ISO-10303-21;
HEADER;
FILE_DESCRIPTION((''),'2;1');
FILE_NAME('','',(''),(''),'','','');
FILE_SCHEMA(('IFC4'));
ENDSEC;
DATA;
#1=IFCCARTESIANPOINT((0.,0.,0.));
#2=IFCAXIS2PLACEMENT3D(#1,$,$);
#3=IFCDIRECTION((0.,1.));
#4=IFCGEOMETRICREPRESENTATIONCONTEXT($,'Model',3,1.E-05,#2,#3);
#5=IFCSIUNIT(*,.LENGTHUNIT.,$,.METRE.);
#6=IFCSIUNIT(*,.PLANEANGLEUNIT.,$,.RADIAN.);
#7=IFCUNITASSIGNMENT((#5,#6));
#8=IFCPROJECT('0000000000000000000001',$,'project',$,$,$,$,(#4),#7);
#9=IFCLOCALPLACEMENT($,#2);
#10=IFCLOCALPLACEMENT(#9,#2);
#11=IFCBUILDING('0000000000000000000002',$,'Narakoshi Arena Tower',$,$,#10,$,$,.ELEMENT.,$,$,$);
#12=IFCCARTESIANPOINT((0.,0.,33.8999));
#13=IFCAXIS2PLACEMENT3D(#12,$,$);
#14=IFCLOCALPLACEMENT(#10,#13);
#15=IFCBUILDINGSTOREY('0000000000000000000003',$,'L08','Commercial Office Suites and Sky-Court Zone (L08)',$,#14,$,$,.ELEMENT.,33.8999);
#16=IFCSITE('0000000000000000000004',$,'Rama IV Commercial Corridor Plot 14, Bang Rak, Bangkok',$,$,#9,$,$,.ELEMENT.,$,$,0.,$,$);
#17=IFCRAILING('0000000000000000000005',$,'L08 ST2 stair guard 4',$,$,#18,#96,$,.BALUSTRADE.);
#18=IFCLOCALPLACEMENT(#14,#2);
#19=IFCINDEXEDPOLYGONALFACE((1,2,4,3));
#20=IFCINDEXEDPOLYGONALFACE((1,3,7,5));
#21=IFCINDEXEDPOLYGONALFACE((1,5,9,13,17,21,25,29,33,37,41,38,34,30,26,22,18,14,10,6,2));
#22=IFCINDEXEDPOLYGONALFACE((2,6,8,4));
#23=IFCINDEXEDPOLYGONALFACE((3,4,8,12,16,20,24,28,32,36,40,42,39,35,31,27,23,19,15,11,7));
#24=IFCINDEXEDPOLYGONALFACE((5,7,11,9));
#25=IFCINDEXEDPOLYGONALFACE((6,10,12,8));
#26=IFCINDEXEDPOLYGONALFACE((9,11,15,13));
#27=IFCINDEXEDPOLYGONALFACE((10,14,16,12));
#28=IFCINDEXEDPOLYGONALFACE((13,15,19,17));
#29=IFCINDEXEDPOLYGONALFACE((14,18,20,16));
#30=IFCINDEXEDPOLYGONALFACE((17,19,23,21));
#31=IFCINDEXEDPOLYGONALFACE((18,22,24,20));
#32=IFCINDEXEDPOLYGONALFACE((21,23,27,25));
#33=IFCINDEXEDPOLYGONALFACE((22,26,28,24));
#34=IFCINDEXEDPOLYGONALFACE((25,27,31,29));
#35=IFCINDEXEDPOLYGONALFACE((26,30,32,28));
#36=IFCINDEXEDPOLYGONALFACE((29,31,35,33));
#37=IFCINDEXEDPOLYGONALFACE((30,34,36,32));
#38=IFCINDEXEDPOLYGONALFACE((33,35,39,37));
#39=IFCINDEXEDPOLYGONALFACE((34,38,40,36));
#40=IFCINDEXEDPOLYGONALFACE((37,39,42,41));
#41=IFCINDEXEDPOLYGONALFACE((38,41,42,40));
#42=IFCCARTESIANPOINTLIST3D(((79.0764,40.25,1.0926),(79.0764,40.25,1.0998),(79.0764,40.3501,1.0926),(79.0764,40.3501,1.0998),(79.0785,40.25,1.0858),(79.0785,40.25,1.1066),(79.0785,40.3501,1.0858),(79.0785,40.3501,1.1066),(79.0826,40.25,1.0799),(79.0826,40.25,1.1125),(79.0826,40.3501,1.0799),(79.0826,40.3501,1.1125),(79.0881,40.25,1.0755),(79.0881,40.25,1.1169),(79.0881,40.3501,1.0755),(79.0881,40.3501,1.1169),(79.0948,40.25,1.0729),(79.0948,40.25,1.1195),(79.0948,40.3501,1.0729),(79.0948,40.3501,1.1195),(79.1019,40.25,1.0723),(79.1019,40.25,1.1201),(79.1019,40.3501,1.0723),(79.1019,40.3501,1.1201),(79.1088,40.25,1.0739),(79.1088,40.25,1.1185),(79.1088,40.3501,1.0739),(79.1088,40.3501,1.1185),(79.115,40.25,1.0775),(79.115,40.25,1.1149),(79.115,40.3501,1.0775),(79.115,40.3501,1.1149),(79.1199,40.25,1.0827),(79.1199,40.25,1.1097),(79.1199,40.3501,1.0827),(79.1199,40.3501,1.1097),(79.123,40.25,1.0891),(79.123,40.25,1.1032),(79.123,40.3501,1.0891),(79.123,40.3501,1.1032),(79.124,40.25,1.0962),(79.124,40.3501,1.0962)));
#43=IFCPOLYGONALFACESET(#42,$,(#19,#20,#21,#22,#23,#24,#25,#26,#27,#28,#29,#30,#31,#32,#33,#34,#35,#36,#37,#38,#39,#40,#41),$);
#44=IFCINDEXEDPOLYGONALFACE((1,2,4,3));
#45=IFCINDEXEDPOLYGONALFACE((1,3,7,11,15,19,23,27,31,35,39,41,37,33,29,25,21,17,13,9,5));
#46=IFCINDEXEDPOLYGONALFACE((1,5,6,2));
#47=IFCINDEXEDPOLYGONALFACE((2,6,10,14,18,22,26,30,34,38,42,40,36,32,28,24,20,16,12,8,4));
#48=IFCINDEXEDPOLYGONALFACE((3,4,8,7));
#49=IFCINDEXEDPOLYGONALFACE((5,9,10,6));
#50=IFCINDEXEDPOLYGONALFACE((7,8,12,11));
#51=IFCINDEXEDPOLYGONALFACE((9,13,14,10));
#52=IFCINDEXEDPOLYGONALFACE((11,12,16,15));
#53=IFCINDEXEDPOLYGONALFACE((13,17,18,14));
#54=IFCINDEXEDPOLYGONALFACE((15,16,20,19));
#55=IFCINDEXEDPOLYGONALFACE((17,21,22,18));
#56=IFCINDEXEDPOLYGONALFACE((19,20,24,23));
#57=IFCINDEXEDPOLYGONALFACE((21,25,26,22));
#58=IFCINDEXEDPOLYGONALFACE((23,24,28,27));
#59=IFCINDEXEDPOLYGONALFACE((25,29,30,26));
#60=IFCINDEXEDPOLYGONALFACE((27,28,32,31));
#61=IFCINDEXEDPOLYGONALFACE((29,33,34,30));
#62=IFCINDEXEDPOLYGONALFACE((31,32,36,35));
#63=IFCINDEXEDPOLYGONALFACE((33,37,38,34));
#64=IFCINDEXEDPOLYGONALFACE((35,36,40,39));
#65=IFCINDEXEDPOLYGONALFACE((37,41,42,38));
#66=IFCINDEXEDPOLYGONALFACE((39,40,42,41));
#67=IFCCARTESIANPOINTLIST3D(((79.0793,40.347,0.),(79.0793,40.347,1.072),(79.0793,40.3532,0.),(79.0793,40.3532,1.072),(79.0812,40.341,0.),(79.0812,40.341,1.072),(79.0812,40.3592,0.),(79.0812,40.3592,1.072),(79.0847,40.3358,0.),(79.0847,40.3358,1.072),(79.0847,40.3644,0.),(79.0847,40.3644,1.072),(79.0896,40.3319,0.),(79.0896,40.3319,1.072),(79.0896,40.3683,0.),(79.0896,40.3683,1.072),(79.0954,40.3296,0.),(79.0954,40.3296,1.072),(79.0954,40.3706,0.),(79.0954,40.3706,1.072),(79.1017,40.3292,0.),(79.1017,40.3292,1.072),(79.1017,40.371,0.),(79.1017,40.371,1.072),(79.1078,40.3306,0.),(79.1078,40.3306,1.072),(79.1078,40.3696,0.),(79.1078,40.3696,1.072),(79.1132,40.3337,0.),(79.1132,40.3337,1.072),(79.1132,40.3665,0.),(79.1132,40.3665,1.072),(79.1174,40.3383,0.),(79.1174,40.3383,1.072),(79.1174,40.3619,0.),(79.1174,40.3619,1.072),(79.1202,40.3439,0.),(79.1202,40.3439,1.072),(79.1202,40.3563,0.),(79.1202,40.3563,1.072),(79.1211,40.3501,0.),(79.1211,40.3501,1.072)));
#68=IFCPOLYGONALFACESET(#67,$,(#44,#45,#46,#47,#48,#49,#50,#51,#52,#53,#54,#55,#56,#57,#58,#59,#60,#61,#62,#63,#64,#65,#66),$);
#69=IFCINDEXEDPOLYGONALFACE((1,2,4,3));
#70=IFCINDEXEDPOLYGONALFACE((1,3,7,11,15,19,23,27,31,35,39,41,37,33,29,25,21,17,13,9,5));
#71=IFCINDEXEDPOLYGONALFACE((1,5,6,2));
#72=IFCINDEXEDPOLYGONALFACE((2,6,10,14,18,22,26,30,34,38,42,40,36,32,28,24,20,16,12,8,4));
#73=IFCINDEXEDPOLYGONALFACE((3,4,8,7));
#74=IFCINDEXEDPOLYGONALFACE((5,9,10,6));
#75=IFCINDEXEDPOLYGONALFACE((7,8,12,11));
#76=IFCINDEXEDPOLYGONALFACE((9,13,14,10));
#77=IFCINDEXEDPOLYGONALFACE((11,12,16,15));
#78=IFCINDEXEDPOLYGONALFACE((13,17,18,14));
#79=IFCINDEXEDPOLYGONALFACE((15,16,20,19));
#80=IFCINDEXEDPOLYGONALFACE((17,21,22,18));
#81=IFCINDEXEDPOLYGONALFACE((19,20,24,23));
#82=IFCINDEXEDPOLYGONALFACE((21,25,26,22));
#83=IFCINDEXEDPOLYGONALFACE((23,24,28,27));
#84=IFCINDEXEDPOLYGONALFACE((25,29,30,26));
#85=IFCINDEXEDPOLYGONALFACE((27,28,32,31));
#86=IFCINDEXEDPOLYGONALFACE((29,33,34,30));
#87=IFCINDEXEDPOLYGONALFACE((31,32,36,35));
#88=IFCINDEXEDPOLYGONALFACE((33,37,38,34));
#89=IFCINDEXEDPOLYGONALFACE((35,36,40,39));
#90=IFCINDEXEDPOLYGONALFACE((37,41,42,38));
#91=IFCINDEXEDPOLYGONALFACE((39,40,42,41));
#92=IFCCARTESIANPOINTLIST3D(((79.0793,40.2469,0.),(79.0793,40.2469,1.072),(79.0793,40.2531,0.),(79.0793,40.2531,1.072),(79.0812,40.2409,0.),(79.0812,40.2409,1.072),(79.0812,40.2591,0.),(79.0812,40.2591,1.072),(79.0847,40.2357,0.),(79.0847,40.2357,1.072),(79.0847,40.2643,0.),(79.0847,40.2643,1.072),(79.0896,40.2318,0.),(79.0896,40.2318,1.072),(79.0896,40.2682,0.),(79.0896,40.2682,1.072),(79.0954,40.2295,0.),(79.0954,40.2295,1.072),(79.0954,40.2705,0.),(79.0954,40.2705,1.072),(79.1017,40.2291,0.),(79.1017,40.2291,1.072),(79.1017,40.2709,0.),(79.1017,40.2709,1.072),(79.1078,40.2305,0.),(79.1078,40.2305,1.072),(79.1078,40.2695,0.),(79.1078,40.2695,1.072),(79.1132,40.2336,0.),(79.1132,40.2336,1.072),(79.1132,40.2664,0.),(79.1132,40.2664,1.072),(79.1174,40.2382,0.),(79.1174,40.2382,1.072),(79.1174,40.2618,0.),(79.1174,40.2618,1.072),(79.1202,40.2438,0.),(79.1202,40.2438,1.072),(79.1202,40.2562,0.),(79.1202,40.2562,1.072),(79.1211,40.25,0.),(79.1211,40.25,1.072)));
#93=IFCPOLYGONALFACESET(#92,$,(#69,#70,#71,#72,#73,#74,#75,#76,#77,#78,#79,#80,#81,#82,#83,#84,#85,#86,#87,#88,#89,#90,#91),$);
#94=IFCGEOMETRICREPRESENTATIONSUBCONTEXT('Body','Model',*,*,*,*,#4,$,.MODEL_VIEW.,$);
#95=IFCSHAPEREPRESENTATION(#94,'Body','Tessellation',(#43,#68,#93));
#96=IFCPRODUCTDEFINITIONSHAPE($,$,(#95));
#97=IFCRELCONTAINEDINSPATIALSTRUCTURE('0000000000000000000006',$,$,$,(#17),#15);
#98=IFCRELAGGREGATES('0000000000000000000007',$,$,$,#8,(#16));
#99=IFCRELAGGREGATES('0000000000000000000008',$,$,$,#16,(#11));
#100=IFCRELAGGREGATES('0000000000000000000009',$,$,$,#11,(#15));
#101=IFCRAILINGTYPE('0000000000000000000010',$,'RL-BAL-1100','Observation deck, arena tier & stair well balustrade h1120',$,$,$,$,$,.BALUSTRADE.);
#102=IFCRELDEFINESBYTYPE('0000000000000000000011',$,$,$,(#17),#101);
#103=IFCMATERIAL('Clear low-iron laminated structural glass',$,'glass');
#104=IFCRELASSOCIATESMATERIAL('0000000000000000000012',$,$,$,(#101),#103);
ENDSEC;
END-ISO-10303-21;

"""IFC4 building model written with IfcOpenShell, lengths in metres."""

from ifc_helpers import new_model, si_unit, direction, frame, origin, origin_2d, place, context, subcontext, project, spatial, circle, extrude, material, type_object, element, save


model = new_model("IFC4")

# Units and contexts
model_context = context("Model", 3, precision=1e-05, world=origin(), true_north=direction((0.0, 1.0)))
body_context = subcontext(model_context, "Body", "Model", "MODEL_VIEW")
ifc_project = project(units=[si_unit("LENGTHUNIT", "METRE"), si_unit("PLANEANGLEUNIT", "RADIAN")], contexts=[model_context])

# Site, building, storey
site_placement = place(None, origin())
site = spatial("IfcSite", under=ifc_project, at=site_placement, Name="Rama IV Commercial Corridor Plot 14, Bang Rak, Bangkok", CompositionType="ELEMENT", RefElevation=0.0)
building_placement = place(site_placement, origin())
building = spatial("IfcBuilding", under=site, at=building_placement, Name="Narakoshi Arena Tower", CompositionType="ELEMENT")
storey_placement = place(building_placement, frame((0.0, 0.0, 33.8999)))
storey = spatial("IfcBuildingStorey", under=building, at=storey_placement, Name="L08", Description="Commercial Office Suites and Sky-Court Zone (L08)", CompositionType="ELEMENT", Elevation=33.8999)

# Railing
ifc_material_1 = material(Name="Clear low-iron laminated structural glass", Category="glass")
railing_type_1 = type_object("IfcRailingType", Name="RL-BAL-1100", Description="Observation deck, arena tier & stair well balustrade h1120", PredefinedType="BALUSTRADE", material=ifc_material_1)
railing_1_placement = place(storey_placement, frame((79.1001, 40.3501, 0.0)))
element("IfcRailing", 1, at=railing_1_placement, inside=storey, type_object=railing_type_1, Name="L08 ST2 stair guard 4", PredefinedType="BALUSTRADE", context=body_context, shape_type="SweptSolid", body=[
    extrude(circle(Radius=0.0239, at=origin_2d()), frame((0.0, 0.0, 1.0962), z_axis=(0.0, -1.0, 0.0), x_axis=(1.0, 0.0, 0.0)), (0.0, 0.0, 1.0), 0.1001),
    extrude(circle(Radius=0.021, at=origin_2d()), origin(), (0.0, 0.0, 1.0), 1.072),
    extrude(circle(Radius=0.021, at=origin_2d()), frame((0.0, -0.1001, 0.0)), (0.0, 0.0, 1.0), 1.072),
])

save(model, "model.ifc")
